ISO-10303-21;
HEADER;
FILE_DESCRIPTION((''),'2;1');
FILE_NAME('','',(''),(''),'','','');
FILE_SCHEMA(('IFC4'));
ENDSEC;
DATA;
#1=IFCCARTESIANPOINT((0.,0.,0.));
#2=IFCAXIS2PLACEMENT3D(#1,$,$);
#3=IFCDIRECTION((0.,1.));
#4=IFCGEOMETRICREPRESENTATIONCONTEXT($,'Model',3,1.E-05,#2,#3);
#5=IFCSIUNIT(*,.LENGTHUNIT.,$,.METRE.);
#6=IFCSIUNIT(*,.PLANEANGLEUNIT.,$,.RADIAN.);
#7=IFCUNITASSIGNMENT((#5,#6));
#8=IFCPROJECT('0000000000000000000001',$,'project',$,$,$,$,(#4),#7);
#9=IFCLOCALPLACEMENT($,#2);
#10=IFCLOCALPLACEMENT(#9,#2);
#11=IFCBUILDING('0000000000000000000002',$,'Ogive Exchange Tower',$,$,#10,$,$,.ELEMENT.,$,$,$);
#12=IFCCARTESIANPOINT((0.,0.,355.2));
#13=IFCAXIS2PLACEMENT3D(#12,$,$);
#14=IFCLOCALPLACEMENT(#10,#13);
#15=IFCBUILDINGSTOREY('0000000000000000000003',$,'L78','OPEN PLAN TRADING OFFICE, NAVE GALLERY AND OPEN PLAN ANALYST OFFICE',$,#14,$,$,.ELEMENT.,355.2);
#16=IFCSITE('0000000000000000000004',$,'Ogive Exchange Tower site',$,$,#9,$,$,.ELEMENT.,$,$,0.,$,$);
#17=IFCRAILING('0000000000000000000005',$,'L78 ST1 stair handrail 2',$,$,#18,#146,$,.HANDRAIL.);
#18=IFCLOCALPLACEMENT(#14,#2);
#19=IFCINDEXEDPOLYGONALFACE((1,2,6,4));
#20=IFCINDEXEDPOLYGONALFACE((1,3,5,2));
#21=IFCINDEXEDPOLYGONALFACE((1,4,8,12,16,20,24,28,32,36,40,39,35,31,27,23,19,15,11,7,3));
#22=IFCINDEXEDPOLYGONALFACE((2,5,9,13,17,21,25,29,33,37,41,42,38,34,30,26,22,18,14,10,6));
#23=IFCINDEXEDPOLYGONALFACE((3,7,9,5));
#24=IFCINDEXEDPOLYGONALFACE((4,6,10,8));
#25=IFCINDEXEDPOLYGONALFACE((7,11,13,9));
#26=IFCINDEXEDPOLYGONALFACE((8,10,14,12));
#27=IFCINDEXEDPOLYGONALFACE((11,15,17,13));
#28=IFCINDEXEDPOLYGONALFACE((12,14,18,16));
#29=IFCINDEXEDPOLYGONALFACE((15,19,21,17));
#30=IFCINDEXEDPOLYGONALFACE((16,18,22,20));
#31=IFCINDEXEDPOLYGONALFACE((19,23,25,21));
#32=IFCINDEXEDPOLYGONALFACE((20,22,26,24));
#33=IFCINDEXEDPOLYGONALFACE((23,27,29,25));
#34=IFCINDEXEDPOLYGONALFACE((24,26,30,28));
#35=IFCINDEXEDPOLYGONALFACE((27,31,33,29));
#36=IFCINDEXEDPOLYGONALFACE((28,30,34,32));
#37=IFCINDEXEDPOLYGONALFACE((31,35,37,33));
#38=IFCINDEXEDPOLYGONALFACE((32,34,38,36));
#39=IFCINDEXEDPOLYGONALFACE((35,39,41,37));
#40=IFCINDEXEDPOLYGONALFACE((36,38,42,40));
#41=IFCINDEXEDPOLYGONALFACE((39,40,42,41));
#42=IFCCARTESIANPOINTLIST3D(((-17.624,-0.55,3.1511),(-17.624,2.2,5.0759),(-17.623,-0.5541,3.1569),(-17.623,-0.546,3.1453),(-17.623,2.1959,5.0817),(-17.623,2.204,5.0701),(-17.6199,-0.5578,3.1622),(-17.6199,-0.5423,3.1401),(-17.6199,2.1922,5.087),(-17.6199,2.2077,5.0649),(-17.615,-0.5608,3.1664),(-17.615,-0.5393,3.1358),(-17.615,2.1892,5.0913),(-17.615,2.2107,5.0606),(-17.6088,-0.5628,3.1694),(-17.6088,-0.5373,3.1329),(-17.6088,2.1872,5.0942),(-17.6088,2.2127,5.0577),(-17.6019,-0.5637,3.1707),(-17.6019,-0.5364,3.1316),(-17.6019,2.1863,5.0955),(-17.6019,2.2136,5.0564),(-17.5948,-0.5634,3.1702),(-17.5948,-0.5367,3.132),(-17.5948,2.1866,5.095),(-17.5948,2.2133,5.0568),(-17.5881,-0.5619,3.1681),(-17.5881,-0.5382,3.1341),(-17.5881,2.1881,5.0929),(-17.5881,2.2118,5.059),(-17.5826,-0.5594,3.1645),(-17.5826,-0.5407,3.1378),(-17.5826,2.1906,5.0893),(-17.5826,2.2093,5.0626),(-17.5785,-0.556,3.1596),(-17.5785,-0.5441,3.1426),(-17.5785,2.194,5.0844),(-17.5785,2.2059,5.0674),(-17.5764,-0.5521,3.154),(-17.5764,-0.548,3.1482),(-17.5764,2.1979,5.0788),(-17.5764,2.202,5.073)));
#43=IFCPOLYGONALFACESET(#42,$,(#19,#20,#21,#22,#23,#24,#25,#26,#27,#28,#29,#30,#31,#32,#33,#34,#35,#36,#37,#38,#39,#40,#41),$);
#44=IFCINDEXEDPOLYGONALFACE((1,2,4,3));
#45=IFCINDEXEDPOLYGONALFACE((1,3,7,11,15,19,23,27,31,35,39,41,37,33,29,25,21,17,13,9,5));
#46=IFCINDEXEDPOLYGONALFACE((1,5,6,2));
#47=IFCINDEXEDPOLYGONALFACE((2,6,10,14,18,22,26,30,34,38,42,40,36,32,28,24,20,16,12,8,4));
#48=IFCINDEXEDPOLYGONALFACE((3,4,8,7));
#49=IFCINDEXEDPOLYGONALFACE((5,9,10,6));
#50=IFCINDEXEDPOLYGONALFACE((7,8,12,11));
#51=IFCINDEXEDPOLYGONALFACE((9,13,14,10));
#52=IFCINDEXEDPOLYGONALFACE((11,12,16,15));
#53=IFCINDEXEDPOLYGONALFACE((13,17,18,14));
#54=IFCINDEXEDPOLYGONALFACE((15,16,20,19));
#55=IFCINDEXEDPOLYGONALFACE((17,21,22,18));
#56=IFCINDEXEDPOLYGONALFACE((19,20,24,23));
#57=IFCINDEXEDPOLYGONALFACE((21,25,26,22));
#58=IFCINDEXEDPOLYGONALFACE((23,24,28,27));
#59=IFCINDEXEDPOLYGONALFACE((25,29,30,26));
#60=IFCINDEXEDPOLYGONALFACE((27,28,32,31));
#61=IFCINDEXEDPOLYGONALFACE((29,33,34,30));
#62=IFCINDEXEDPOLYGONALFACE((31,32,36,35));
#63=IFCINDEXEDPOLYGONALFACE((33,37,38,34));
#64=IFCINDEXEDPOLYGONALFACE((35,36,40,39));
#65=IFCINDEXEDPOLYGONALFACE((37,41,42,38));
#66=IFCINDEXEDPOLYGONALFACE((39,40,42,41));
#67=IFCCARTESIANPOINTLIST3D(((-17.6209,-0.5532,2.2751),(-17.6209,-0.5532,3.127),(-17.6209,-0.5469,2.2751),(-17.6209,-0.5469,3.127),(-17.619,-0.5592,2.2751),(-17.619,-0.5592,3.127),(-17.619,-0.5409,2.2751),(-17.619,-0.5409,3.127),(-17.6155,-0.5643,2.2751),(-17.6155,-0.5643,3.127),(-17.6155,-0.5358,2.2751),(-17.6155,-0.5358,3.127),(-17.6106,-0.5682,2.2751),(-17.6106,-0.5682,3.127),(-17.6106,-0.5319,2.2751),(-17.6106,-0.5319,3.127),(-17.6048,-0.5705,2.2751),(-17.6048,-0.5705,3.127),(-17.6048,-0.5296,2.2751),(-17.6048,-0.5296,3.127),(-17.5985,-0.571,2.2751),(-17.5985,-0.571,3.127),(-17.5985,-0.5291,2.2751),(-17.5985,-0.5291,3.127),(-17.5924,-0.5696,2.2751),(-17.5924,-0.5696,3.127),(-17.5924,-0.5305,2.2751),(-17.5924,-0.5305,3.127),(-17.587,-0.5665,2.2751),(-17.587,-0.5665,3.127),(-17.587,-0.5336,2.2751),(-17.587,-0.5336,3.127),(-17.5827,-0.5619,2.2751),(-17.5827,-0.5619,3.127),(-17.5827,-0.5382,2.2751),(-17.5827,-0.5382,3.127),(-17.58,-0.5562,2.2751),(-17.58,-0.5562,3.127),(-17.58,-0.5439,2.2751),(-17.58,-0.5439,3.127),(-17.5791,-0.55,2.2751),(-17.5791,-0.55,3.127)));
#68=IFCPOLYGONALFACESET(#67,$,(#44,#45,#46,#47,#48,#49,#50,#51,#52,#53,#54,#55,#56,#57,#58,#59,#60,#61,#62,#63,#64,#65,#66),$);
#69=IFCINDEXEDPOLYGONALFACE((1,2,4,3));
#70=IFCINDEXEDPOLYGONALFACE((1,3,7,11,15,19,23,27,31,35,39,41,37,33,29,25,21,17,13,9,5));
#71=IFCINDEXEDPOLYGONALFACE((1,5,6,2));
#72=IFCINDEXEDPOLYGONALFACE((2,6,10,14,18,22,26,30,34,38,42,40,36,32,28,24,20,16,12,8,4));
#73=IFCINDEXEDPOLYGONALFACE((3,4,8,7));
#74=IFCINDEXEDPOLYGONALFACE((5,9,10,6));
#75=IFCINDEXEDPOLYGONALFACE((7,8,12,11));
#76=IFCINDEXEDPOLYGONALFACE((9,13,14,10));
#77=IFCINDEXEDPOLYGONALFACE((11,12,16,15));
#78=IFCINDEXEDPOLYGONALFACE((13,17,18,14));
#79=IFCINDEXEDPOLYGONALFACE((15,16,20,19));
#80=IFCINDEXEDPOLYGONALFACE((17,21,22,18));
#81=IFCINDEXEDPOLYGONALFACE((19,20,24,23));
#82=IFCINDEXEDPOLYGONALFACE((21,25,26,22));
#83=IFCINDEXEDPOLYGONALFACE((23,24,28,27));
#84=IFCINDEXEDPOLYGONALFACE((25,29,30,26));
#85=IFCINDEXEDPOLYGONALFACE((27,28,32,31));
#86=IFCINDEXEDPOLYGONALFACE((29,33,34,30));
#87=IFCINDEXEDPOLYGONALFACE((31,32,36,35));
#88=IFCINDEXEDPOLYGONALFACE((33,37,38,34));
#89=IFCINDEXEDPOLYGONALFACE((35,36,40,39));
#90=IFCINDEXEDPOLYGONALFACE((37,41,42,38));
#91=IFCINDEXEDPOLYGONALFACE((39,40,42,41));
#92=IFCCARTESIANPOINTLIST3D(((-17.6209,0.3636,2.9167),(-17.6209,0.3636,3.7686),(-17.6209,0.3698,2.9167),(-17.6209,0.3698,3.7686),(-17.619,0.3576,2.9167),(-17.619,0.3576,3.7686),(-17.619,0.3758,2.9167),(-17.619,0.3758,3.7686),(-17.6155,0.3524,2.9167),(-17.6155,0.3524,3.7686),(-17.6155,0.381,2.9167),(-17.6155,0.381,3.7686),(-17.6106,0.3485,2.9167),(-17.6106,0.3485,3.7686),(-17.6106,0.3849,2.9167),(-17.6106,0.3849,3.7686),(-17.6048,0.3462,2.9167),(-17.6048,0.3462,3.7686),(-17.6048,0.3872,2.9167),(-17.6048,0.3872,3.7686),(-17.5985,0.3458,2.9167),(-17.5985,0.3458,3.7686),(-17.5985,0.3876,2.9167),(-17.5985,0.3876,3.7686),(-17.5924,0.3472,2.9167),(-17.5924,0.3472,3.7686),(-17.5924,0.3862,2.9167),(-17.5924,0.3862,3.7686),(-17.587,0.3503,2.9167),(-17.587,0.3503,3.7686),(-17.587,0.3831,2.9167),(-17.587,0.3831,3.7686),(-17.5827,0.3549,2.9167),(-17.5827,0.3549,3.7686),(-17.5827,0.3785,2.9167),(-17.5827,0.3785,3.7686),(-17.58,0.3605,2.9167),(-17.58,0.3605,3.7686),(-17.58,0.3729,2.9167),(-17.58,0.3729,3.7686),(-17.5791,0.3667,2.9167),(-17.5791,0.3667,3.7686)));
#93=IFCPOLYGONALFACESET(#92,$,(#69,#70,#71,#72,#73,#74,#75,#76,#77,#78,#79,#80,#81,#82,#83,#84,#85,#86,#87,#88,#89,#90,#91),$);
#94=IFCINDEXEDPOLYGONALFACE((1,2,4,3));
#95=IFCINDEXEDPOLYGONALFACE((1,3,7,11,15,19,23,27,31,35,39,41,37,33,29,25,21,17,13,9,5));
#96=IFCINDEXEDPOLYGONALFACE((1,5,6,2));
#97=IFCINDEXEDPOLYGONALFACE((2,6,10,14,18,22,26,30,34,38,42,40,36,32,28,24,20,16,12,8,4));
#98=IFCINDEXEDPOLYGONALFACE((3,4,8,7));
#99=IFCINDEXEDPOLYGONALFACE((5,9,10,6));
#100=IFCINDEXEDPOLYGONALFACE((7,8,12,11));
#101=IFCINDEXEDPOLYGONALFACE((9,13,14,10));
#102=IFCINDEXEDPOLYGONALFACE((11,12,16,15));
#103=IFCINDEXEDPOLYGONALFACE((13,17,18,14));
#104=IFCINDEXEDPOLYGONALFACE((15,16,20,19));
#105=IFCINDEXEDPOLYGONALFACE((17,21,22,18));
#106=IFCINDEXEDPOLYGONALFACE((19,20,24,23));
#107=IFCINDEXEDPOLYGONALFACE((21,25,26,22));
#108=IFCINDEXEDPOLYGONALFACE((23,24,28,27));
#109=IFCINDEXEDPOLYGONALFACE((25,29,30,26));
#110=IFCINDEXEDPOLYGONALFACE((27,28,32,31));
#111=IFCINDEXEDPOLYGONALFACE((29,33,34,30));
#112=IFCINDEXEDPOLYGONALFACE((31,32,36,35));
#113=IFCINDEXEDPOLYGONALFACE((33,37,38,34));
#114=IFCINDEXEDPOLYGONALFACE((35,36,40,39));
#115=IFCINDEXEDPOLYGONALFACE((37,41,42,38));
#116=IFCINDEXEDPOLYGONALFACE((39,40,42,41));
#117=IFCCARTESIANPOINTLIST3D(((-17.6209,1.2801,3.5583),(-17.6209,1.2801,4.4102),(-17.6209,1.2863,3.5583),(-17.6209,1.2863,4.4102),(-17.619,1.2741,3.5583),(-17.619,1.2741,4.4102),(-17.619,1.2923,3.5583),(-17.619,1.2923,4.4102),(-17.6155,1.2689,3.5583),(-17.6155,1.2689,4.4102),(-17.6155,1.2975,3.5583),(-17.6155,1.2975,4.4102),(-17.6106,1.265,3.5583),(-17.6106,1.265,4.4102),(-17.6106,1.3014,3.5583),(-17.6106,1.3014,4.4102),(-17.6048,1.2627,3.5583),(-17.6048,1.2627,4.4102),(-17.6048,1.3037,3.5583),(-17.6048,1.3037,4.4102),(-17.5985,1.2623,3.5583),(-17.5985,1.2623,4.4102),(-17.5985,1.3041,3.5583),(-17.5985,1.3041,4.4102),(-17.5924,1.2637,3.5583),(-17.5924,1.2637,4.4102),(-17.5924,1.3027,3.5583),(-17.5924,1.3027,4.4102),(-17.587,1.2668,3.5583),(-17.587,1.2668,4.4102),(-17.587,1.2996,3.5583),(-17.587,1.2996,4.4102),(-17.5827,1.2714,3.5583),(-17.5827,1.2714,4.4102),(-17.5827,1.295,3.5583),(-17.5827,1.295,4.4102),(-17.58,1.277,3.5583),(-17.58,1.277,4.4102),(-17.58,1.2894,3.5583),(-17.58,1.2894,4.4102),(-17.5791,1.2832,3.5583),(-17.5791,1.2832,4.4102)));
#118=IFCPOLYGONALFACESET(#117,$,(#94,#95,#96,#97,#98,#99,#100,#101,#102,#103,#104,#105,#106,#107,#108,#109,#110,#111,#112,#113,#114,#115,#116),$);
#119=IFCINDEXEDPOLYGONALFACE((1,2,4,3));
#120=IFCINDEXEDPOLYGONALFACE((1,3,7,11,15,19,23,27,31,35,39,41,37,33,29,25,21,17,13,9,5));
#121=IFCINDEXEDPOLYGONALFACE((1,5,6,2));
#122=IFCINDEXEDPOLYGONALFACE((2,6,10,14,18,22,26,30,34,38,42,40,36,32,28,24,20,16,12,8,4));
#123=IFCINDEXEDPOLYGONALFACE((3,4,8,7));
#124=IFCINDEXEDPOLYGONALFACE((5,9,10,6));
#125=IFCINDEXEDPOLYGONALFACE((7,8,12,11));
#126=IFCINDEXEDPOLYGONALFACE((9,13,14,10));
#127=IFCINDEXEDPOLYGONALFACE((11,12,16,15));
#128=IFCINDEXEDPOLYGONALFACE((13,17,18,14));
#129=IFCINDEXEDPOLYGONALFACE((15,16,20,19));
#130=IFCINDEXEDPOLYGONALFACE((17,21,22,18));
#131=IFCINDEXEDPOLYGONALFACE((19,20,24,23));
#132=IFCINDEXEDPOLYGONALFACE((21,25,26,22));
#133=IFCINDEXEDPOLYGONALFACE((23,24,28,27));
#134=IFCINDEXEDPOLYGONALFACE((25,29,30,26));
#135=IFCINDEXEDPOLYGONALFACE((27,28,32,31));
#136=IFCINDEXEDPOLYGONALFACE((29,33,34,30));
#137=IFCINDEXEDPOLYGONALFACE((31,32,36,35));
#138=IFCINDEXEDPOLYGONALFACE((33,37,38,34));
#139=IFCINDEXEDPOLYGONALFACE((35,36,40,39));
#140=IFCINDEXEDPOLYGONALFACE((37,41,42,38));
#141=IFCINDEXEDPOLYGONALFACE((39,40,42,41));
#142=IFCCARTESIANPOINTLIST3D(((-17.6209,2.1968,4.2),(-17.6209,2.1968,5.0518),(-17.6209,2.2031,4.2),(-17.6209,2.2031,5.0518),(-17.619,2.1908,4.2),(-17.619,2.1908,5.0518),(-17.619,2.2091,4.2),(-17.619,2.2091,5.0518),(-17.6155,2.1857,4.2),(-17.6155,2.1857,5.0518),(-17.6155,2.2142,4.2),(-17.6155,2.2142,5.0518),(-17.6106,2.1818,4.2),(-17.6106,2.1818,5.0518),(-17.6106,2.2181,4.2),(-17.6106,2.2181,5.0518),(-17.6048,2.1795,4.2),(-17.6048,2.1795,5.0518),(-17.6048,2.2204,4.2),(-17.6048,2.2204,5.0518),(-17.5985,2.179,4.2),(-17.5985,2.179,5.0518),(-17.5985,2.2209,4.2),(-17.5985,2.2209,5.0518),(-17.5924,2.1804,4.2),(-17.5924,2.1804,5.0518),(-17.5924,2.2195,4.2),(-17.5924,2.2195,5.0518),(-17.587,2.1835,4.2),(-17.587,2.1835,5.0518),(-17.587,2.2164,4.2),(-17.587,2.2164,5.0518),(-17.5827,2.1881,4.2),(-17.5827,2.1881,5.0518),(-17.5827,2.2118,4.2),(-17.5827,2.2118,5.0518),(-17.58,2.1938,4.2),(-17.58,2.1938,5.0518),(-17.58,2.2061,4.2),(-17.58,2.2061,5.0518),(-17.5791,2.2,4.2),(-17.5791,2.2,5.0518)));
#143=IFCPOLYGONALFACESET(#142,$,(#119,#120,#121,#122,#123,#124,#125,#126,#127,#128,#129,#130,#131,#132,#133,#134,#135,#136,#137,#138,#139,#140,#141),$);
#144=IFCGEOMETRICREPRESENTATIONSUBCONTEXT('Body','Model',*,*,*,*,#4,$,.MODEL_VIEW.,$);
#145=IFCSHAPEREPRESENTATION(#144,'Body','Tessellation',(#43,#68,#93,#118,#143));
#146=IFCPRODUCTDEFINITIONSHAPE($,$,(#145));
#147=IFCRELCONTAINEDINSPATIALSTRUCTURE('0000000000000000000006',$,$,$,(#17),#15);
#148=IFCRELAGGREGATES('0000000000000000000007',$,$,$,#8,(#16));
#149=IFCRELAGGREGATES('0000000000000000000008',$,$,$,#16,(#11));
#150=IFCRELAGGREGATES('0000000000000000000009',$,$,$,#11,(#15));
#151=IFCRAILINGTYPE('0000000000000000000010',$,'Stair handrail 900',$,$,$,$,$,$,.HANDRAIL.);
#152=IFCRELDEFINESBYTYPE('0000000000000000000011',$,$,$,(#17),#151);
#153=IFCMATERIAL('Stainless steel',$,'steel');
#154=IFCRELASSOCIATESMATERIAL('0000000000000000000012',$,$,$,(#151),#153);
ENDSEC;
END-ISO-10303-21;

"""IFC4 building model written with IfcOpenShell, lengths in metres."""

from ifc_helpers import new_model, si_unit, direction, frame, origin, origin_2d, place, context, subcontext, project, spatial, circle, extrude, material, type_object, element, save


model = new_model("IFC4")

# Units and contexts
model_context = context("Model", 3, precision=1e-05, world=origin(), true_north=direction((0.0, 1.0)))
body_context = subcontext(model_context, "Body", "Model", "MODEL_VIEW")
ifc_project = project(units=[si_unit("LENGTHUNIT", "METRE"), si_unit("PLANEANGLEUNIT", "RADIAN")], contexts=[model_context])

# Site, building, storey
site_placement = place(None, origin())
site = spatial("IfcSite", under=ifc_project, at=site_placement, Name="Ogive Exchange Tower site", CompositionType="ELEMENT", RefElevation=0.0)
building_placement = place(site_placement, origin())
building = spatial("IfcBuilding", under=site, at=building_placement, Name="Ogive Exchange Tower", CompositionType="ELEMENT")
storey_placement = place(building_placement, frame((0.0, 0.0, 355.2)))
storey = spatial("IfcBuildingStorey", under=building, at=storey_placement, Name="L78", Description="OPEN PLAN TRADING OFFICE, NAVE GALLERY AND OPEN PLAN ANALYST OFFICE", CompositionType="ELEMENT", Elevation=355.2)

# Shared definitions
ifc_material_1 = material(Name="Stainless steel", Category="steel")

# Railing
railing_type = type_object("IfcRailingType", Name="Stair handrail 900", PredefinedType="HANDRAIL", material=ifc_material_1)
railing_placement = place(storey_placement, frame((-17.6001, -0.55, 2.2751)))
element("IfcRailing", 1, at=railing_placement, inside=storey, type_object=railing_type, Name="L78 ST1 stair handrail 2", PredefinedType="HANDRAIL", context=body_context, shape_type="SweptSolid", body=[
    extrude(circle(Radius=0.0239, at=origin_2d()), frame((0.0, 0.0, 0.876), z_axis=(0.0, 0.819259, 0.573423), x_axis=(-1.0, 0.0, 0.0)), (0.0, 0.0, 1.0), 3.3567),
    extrude(circle(Radius=0.021, at=origin_2d()), origin(), (0.0, 0.0, 1.0), 0.8518),
    extrude(circle(Radius=0.021, at=origin_2d()), frame((0.0, 0.9167, 0.6416)), (0.0, 0.0, 1.0), 0.8518),
    extrude(circle(Radius=0.021, at=origin_2d()), frame((0.0, 1.8333, 1.2832)), (0.0, 0.0, 1.0), 0.8518),
    extrude(circle(Radius=0.021, at=origin_2d()), frame((0.0, 2.75, 1.9248)), (0.0, 0.0, 1.0), 0.8518),
])

save(model, "model.ifc")
